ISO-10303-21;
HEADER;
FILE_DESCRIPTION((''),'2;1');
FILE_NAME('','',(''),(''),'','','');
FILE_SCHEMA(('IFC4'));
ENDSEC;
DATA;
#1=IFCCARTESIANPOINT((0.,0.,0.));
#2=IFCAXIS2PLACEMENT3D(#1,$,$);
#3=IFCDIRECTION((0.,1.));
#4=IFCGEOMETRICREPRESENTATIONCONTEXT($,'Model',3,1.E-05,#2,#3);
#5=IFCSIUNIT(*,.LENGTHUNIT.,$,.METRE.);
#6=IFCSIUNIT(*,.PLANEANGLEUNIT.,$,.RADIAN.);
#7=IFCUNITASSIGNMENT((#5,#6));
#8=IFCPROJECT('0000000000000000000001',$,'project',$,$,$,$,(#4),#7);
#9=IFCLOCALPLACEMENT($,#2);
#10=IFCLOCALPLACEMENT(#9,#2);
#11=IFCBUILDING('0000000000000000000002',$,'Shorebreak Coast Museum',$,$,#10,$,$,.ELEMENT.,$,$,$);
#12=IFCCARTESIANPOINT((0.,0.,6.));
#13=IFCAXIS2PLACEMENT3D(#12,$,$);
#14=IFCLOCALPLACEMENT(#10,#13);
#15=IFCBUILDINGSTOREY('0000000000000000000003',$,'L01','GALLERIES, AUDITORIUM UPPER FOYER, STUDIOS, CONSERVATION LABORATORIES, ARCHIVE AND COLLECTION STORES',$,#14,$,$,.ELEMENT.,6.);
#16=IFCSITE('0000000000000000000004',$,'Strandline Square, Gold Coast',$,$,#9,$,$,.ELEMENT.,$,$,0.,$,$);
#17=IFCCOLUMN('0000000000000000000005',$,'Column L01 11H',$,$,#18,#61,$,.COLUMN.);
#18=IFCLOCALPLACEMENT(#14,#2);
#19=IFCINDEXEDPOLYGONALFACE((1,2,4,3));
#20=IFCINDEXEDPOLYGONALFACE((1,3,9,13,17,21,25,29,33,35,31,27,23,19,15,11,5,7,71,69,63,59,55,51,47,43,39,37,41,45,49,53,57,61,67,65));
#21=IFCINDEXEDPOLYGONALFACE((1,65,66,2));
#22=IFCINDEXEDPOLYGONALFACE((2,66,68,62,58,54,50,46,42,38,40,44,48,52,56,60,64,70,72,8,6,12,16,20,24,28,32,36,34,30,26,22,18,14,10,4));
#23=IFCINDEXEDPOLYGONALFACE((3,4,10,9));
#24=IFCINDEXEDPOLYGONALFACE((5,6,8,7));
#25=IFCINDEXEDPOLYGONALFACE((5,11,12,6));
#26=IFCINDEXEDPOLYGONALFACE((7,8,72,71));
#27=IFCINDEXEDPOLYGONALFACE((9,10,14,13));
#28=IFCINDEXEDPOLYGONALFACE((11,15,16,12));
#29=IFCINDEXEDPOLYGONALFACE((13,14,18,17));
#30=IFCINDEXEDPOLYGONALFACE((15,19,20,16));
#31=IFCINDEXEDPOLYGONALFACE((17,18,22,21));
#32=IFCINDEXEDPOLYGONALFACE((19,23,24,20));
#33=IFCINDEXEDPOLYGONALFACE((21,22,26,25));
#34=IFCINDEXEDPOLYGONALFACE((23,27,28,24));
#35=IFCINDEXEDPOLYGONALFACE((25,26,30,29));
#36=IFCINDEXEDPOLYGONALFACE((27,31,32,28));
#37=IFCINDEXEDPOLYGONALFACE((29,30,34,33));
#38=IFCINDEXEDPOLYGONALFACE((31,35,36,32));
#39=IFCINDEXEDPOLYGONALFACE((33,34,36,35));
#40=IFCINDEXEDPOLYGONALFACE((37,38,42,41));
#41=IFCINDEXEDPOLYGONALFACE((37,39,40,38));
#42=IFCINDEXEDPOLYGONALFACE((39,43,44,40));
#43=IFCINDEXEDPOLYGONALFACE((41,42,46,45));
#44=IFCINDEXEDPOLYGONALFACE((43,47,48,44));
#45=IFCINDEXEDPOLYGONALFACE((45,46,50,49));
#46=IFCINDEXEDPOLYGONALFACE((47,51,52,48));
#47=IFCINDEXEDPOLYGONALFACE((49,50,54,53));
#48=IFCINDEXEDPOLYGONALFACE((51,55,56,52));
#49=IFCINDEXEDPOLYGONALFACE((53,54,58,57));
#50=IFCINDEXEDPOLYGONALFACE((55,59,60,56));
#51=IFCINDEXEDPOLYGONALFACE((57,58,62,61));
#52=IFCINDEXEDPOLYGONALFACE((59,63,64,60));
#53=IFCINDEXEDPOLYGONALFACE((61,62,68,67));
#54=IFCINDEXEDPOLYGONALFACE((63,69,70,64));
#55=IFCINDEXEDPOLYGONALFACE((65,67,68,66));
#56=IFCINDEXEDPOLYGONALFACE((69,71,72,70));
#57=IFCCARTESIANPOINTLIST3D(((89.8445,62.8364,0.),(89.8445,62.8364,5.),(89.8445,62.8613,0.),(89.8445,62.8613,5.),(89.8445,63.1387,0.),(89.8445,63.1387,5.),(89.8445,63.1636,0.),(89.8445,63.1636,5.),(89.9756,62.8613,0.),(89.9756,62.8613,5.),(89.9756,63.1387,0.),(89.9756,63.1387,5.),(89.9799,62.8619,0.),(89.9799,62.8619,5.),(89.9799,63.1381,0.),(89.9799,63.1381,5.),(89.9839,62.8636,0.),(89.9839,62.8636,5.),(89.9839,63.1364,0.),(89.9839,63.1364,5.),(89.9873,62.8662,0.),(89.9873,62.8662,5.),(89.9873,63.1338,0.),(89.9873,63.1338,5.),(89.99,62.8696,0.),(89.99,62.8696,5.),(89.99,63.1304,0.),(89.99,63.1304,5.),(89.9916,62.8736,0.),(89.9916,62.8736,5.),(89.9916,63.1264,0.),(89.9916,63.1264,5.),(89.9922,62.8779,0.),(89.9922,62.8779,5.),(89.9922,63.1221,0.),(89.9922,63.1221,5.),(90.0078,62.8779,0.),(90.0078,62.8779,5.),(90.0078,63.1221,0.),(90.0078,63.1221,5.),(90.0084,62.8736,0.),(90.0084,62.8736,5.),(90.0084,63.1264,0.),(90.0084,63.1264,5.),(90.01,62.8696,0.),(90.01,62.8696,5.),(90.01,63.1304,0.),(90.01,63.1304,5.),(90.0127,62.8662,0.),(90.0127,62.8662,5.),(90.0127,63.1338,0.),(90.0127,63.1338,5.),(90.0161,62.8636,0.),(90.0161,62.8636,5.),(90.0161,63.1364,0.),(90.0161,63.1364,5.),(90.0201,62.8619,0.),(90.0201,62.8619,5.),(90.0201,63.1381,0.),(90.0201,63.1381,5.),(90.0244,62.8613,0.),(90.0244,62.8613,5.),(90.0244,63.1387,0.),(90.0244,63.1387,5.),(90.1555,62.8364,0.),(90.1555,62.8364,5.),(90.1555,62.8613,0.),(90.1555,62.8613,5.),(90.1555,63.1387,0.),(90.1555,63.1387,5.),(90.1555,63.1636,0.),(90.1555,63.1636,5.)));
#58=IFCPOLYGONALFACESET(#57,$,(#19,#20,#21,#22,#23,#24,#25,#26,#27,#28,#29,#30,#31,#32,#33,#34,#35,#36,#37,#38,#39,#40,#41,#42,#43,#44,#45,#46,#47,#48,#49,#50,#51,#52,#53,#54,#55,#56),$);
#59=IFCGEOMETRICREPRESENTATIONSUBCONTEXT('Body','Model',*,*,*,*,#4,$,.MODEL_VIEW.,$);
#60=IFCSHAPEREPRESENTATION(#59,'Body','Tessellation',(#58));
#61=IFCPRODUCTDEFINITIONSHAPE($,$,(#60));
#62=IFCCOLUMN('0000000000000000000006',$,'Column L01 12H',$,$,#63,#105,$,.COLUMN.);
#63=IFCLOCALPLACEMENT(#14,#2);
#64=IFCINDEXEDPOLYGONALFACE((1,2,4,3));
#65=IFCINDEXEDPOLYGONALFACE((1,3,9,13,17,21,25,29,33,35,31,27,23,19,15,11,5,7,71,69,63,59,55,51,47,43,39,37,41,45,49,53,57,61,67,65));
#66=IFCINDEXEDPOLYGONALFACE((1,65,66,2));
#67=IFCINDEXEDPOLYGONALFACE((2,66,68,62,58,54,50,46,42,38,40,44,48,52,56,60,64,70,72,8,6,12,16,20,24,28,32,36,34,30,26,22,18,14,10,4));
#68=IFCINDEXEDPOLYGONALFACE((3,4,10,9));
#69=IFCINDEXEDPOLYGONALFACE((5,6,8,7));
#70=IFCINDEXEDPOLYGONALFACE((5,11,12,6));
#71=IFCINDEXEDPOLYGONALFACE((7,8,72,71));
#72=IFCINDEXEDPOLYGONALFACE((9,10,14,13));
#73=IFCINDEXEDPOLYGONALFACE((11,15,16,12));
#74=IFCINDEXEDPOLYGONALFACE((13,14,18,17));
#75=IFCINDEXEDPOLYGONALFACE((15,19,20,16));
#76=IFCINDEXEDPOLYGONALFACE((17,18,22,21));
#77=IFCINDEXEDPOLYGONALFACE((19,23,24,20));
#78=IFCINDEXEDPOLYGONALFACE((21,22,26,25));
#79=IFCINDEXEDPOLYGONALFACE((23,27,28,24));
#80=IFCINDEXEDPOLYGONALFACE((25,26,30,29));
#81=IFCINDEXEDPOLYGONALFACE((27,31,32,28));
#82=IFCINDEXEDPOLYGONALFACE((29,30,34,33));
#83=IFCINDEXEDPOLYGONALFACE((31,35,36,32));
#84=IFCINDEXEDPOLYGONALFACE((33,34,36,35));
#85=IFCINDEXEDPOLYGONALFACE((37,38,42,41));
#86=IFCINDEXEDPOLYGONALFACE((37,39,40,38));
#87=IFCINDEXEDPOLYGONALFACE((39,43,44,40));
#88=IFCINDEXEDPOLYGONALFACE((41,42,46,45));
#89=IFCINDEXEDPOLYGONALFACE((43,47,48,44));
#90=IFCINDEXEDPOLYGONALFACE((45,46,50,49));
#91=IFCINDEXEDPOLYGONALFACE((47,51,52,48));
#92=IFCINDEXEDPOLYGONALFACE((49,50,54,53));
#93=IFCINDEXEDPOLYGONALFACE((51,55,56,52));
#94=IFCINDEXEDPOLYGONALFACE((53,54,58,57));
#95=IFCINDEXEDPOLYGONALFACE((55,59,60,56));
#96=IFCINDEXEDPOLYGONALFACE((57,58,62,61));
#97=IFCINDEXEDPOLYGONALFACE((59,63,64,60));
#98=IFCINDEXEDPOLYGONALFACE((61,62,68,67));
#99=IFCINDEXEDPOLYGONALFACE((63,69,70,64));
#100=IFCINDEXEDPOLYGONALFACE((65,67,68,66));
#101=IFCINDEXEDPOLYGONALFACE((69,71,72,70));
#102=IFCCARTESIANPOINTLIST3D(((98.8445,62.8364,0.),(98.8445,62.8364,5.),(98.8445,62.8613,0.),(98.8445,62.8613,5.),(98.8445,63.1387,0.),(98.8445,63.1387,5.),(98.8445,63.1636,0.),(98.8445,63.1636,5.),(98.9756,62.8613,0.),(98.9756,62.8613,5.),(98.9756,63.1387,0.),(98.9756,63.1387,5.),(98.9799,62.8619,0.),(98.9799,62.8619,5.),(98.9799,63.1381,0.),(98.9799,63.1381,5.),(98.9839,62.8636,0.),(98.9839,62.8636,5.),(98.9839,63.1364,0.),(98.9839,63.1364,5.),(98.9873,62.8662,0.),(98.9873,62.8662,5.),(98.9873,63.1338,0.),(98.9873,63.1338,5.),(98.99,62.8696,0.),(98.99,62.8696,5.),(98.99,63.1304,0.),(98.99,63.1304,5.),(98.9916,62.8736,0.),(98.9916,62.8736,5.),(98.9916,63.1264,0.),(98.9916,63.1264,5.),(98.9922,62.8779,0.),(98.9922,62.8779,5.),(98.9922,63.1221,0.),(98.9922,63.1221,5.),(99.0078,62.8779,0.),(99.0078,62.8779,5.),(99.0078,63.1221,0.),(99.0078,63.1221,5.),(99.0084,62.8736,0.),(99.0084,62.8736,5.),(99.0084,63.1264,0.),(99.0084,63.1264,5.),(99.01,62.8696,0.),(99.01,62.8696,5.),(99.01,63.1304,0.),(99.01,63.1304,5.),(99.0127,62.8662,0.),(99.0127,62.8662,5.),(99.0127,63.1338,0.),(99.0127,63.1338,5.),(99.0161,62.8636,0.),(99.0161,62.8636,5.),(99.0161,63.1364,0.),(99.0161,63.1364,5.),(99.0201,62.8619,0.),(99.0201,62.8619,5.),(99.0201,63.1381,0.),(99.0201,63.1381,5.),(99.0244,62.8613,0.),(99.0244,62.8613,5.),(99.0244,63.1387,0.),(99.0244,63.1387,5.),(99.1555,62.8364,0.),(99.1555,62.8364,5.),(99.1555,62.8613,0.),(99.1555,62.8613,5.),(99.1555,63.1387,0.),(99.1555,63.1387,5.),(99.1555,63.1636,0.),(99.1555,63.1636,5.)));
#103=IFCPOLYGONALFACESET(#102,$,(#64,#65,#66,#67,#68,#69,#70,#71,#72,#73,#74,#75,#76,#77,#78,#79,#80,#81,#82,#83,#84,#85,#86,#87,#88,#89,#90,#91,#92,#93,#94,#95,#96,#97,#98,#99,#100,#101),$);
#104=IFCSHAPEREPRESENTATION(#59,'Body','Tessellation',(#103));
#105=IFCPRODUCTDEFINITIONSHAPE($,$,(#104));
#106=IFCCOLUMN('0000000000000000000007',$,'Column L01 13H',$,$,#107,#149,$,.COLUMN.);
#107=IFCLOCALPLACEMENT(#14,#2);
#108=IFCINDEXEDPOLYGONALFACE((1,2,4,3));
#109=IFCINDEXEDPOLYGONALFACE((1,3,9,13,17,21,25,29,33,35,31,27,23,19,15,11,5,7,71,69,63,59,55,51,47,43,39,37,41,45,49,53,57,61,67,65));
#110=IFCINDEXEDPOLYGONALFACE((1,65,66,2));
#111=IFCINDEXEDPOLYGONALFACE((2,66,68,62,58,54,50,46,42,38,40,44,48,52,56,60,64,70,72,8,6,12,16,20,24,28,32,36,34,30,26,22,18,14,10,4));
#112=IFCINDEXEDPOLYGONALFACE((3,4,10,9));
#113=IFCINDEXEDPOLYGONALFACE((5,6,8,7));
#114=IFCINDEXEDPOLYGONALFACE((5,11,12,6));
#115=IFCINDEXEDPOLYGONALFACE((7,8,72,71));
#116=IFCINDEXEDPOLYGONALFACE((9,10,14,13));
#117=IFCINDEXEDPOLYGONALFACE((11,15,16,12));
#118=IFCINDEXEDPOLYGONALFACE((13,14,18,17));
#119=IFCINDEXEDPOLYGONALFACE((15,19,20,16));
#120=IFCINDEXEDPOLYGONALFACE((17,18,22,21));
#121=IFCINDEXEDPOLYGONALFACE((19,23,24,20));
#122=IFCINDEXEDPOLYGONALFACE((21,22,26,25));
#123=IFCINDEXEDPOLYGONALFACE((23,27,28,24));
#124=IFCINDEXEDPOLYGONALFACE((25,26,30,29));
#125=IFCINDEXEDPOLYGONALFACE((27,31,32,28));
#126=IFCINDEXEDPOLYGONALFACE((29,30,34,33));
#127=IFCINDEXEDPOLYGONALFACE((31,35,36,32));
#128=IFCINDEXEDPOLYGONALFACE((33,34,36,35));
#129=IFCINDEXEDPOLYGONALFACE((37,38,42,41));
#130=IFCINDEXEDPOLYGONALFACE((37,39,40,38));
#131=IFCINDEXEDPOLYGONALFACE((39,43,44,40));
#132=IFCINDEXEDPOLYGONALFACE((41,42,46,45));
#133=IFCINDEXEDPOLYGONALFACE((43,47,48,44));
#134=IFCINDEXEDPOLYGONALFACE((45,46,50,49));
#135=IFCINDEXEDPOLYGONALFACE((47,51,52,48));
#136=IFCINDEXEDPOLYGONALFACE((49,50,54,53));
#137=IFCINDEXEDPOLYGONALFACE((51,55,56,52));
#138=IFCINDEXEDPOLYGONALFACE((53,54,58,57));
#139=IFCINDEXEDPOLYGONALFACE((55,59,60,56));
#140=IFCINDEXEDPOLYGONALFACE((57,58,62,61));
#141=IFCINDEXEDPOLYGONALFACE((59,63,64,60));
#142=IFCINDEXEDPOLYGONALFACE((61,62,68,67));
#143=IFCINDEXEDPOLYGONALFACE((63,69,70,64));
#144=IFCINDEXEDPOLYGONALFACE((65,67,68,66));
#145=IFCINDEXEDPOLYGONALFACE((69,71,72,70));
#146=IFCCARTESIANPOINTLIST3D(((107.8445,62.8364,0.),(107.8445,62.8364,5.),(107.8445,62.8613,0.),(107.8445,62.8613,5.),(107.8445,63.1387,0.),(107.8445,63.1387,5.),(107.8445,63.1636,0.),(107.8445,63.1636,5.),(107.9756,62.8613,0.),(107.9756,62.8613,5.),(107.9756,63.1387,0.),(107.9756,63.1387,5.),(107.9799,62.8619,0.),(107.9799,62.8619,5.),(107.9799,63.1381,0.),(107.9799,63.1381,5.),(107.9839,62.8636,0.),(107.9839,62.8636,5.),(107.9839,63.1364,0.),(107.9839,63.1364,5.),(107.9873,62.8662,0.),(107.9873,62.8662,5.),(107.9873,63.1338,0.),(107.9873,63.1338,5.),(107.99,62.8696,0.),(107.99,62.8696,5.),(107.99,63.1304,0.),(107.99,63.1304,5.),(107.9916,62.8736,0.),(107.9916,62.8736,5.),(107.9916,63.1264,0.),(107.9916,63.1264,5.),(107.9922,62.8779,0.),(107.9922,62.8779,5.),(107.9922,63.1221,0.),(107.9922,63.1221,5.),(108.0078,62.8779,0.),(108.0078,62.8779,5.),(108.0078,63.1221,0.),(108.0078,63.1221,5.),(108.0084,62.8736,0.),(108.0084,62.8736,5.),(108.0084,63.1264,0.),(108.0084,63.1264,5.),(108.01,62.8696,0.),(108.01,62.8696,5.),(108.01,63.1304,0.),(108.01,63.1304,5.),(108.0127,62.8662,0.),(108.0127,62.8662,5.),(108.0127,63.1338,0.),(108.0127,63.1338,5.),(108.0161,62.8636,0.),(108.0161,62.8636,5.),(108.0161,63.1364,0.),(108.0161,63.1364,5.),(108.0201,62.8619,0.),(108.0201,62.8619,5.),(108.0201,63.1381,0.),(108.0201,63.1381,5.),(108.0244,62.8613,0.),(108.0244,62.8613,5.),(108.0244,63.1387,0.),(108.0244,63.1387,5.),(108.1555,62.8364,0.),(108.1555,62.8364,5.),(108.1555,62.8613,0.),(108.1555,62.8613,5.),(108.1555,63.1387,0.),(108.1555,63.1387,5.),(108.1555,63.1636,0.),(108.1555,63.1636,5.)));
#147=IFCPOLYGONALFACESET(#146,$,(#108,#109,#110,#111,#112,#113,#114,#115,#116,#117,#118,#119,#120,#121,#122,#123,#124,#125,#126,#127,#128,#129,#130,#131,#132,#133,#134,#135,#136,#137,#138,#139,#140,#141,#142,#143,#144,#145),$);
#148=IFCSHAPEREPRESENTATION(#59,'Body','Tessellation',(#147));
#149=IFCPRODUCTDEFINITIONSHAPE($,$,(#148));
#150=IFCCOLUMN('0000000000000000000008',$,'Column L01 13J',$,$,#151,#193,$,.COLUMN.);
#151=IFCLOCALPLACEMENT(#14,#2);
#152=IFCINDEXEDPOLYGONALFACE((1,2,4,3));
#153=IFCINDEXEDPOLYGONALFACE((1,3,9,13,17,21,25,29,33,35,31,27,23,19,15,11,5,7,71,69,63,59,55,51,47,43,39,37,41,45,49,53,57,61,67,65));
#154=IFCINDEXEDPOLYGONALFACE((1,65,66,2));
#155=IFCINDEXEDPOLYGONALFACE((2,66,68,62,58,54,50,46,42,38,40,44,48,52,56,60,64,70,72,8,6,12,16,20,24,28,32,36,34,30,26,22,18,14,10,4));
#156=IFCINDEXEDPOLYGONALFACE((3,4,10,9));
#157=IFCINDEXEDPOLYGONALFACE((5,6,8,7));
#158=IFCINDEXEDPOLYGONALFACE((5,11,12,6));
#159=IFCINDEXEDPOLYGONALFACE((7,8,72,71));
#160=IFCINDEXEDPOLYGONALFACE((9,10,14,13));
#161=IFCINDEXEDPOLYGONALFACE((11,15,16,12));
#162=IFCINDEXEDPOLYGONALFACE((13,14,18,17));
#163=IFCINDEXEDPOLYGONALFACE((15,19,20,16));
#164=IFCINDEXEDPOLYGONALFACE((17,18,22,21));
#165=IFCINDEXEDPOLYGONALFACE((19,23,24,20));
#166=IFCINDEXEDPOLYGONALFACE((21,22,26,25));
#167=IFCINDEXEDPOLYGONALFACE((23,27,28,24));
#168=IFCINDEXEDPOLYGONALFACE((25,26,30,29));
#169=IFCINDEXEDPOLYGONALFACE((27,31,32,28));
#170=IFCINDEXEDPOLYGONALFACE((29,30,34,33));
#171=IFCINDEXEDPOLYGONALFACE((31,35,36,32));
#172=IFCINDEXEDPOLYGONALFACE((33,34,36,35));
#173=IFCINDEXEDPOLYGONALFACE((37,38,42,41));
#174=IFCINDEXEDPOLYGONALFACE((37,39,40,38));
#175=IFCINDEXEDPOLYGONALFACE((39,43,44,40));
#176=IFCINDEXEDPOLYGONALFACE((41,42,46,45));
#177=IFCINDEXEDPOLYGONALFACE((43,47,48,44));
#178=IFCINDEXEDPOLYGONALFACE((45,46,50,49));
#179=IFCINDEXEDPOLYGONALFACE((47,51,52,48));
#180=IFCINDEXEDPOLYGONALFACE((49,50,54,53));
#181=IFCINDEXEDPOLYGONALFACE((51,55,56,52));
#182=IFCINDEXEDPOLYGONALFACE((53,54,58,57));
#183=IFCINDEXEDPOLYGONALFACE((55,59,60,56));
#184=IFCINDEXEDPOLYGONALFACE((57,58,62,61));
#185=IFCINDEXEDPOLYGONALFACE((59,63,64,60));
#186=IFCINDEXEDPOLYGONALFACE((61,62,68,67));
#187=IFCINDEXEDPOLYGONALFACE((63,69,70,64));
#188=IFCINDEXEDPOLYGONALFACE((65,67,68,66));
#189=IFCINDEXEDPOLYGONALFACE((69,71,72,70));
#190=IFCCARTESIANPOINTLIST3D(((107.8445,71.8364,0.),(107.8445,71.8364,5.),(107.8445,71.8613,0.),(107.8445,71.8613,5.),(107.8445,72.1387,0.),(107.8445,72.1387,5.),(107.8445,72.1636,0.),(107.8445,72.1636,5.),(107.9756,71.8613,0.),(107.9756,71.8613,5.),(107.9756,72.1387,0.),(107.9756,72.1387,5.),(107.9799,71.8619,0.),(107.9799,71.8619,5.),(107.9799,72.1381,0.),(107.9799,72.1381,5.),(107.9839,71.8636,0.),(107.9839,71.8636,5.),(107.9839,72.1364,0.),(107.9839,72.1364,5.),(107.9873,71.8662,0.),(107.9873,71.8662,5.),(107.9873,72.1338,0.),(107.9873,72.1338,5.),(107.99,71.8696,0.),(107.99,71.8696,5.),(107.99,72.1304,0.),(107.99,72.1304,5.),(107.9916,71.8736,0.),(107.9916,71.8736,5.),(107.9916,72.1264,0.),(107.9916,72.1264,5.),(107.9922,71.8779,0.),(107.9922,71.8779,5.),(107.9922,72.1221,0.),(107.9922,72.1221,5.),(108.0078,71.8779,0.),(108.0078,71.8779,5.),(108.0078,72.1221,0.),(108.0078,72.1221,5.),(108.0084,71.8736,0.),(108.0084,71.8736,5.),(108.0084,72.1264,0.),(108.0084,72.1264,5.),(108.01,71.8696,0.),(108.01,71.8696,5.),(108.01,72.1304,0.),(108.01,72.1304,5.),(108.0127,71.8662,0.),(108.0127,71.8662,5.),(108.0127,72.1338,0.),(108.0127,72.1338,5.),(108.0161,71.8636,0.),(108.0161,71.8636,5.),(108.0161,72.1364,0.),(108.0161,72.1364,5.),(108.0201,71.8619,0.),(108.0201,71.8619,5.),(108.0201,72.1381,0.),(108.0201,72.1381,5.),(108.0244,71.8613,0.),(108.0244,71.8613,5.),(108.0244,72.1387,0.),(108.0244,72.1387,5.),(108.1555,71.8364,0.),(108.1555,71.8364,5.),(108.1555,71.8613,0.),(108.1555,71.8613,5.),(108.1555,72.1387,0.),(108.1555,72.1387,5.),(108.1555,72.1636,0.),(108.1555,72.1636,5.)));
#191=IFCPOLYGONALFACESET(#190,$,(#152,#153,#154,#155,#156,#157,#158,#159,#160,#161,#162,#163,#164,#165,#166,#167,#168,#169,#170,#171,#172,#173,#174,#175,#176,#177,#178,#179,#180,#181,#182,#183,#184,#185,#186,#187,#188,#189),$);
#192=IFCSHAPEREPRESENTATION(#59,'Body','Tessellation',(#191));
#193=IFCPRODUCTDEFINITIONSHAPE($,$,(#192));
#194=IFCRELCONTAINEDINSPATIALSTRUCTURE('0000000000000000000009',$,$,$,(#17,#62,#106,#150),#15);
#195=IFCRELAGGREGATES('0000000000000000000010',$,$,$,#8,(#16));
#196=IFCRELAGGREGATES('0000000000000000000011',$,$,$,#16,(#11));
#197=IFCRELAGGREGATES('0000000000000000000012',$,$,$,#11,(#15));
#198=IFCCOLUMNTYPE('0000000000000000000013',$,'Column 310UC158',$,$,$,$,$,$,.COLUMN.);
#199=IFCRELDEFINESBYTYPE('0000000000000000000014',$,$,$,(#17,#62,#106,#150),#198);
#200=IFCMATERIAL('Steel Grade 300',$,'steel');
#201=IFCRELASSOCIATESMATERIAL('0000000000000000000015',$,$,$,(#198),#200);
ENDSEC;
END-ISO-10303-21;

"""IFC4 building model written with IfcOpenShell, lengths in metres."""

from ifc_helpers import new_model, si_unit, direction, frame, origin, origin_2d, place, context, subcontext, project, spatial, i_section, extrude, material, material_profile, profile_set, type_object, element, save


model = new_model("IFC4")

# Units and contexts
model_context = context("Model", 3, precision=1e-05, world=origin(), true_north=direction((0.0, 1.0)))
body_context = subcontext(model_context, "Body", "Model", "MODEL_VIEW")
ifc_project = project(units=[si_unit("LENGTHUNIT", "METRE"), si_unit("PLANEANGLEUNIT", "RADIAN")], contexts=[model_context])

# Site, building, storey
site_placement = place(None, origin())
site = spatial("IfcSite", under=ifc_project, at=site_placement, Name="Strandline Square, Gold Coast", CompositionType="ELEMENT", RefElevation=0.0)
building_placement = place(site_placement, origin())
building = spatial("IfcBuilding", under=site, at=building_placement, Name="Shorebreak Coast Museum", CompositionType="ELEMENT")
storey_placement = place(building_placement, frame((0.0, 0.0, 6.0)))
storey = spatial("IfcBuildingStorey", under=building, at=storey_placement, Name="L01", Description="GALLERIES, AUDITORIUM UPPER FOYER, STUDIOS, CONSERVATION LABORATORIES, ARCHIVE AND COLLECTION STORES", CompositionType="ELEMENT", Elevation=6.0)

# Columns
ifc_material_1 = material(Name="Steel Grade 300", Category="steel")
ifc_material_profile_1 = material_profile(ifc_material_1, i_section(OverallWidth=0.311, OverallDepth=0.3271, WebThickness=0.0156, FlangeThickness=0.0249, FilletRadius=0.0166, at=origin_2d()), Name="310UC158")
ifc_profile_set_1 = profile_set([ifc_material_profile_1], Name="Steel Grade 300")
column_type = type_object("IfcColumnType", Name="Column 310UC158", PredefinedType="COLUMN", material=ifc_profile_set_1)
for number, where, z_axis, x_axis, name in (
    (1, (90.0, 63.0, 0.0), (0.0, 0.0, 1.0), (1.0, 0.0, 0.0), "Column L01 11H"),
    (2, (99.0, 63.0, 0.0), (0.0, 0.0, 1.0), (1.0, 0.0, 0.0), "Column L01 12H"),
    (3, (108.0, 63.0, 0.0), (0.0, 0.0, 1.0), (1.0, 0.0, 0.0), "Column L01 13H"),
    (4, (108.0, 72.0, 0.0), (0.0, 0.0, 1.0), (1.0, 0.0, 0.0), "Column L01 13J"),
):
    element("IfcColumn", number, at=place(storey_placement, frame(where, z_axis=z_axis, x_axis=x_axis)), inside=storey, type_object=column_type, Name=name, PredefinedType="COLUMN", context=body_context, shape_type="SweptSolid", body=[
        extrude(i_section(OverallWidth=0.311, OverallDepth=0.3271, WebThickness=0.0156, FlangeThickness=0.0249, FilletRadius=0.0166, at=origin_2d()), origin(), (0.0, 0.0, 1.0), 5.0),
    ])

save(model, "model.ifc")
